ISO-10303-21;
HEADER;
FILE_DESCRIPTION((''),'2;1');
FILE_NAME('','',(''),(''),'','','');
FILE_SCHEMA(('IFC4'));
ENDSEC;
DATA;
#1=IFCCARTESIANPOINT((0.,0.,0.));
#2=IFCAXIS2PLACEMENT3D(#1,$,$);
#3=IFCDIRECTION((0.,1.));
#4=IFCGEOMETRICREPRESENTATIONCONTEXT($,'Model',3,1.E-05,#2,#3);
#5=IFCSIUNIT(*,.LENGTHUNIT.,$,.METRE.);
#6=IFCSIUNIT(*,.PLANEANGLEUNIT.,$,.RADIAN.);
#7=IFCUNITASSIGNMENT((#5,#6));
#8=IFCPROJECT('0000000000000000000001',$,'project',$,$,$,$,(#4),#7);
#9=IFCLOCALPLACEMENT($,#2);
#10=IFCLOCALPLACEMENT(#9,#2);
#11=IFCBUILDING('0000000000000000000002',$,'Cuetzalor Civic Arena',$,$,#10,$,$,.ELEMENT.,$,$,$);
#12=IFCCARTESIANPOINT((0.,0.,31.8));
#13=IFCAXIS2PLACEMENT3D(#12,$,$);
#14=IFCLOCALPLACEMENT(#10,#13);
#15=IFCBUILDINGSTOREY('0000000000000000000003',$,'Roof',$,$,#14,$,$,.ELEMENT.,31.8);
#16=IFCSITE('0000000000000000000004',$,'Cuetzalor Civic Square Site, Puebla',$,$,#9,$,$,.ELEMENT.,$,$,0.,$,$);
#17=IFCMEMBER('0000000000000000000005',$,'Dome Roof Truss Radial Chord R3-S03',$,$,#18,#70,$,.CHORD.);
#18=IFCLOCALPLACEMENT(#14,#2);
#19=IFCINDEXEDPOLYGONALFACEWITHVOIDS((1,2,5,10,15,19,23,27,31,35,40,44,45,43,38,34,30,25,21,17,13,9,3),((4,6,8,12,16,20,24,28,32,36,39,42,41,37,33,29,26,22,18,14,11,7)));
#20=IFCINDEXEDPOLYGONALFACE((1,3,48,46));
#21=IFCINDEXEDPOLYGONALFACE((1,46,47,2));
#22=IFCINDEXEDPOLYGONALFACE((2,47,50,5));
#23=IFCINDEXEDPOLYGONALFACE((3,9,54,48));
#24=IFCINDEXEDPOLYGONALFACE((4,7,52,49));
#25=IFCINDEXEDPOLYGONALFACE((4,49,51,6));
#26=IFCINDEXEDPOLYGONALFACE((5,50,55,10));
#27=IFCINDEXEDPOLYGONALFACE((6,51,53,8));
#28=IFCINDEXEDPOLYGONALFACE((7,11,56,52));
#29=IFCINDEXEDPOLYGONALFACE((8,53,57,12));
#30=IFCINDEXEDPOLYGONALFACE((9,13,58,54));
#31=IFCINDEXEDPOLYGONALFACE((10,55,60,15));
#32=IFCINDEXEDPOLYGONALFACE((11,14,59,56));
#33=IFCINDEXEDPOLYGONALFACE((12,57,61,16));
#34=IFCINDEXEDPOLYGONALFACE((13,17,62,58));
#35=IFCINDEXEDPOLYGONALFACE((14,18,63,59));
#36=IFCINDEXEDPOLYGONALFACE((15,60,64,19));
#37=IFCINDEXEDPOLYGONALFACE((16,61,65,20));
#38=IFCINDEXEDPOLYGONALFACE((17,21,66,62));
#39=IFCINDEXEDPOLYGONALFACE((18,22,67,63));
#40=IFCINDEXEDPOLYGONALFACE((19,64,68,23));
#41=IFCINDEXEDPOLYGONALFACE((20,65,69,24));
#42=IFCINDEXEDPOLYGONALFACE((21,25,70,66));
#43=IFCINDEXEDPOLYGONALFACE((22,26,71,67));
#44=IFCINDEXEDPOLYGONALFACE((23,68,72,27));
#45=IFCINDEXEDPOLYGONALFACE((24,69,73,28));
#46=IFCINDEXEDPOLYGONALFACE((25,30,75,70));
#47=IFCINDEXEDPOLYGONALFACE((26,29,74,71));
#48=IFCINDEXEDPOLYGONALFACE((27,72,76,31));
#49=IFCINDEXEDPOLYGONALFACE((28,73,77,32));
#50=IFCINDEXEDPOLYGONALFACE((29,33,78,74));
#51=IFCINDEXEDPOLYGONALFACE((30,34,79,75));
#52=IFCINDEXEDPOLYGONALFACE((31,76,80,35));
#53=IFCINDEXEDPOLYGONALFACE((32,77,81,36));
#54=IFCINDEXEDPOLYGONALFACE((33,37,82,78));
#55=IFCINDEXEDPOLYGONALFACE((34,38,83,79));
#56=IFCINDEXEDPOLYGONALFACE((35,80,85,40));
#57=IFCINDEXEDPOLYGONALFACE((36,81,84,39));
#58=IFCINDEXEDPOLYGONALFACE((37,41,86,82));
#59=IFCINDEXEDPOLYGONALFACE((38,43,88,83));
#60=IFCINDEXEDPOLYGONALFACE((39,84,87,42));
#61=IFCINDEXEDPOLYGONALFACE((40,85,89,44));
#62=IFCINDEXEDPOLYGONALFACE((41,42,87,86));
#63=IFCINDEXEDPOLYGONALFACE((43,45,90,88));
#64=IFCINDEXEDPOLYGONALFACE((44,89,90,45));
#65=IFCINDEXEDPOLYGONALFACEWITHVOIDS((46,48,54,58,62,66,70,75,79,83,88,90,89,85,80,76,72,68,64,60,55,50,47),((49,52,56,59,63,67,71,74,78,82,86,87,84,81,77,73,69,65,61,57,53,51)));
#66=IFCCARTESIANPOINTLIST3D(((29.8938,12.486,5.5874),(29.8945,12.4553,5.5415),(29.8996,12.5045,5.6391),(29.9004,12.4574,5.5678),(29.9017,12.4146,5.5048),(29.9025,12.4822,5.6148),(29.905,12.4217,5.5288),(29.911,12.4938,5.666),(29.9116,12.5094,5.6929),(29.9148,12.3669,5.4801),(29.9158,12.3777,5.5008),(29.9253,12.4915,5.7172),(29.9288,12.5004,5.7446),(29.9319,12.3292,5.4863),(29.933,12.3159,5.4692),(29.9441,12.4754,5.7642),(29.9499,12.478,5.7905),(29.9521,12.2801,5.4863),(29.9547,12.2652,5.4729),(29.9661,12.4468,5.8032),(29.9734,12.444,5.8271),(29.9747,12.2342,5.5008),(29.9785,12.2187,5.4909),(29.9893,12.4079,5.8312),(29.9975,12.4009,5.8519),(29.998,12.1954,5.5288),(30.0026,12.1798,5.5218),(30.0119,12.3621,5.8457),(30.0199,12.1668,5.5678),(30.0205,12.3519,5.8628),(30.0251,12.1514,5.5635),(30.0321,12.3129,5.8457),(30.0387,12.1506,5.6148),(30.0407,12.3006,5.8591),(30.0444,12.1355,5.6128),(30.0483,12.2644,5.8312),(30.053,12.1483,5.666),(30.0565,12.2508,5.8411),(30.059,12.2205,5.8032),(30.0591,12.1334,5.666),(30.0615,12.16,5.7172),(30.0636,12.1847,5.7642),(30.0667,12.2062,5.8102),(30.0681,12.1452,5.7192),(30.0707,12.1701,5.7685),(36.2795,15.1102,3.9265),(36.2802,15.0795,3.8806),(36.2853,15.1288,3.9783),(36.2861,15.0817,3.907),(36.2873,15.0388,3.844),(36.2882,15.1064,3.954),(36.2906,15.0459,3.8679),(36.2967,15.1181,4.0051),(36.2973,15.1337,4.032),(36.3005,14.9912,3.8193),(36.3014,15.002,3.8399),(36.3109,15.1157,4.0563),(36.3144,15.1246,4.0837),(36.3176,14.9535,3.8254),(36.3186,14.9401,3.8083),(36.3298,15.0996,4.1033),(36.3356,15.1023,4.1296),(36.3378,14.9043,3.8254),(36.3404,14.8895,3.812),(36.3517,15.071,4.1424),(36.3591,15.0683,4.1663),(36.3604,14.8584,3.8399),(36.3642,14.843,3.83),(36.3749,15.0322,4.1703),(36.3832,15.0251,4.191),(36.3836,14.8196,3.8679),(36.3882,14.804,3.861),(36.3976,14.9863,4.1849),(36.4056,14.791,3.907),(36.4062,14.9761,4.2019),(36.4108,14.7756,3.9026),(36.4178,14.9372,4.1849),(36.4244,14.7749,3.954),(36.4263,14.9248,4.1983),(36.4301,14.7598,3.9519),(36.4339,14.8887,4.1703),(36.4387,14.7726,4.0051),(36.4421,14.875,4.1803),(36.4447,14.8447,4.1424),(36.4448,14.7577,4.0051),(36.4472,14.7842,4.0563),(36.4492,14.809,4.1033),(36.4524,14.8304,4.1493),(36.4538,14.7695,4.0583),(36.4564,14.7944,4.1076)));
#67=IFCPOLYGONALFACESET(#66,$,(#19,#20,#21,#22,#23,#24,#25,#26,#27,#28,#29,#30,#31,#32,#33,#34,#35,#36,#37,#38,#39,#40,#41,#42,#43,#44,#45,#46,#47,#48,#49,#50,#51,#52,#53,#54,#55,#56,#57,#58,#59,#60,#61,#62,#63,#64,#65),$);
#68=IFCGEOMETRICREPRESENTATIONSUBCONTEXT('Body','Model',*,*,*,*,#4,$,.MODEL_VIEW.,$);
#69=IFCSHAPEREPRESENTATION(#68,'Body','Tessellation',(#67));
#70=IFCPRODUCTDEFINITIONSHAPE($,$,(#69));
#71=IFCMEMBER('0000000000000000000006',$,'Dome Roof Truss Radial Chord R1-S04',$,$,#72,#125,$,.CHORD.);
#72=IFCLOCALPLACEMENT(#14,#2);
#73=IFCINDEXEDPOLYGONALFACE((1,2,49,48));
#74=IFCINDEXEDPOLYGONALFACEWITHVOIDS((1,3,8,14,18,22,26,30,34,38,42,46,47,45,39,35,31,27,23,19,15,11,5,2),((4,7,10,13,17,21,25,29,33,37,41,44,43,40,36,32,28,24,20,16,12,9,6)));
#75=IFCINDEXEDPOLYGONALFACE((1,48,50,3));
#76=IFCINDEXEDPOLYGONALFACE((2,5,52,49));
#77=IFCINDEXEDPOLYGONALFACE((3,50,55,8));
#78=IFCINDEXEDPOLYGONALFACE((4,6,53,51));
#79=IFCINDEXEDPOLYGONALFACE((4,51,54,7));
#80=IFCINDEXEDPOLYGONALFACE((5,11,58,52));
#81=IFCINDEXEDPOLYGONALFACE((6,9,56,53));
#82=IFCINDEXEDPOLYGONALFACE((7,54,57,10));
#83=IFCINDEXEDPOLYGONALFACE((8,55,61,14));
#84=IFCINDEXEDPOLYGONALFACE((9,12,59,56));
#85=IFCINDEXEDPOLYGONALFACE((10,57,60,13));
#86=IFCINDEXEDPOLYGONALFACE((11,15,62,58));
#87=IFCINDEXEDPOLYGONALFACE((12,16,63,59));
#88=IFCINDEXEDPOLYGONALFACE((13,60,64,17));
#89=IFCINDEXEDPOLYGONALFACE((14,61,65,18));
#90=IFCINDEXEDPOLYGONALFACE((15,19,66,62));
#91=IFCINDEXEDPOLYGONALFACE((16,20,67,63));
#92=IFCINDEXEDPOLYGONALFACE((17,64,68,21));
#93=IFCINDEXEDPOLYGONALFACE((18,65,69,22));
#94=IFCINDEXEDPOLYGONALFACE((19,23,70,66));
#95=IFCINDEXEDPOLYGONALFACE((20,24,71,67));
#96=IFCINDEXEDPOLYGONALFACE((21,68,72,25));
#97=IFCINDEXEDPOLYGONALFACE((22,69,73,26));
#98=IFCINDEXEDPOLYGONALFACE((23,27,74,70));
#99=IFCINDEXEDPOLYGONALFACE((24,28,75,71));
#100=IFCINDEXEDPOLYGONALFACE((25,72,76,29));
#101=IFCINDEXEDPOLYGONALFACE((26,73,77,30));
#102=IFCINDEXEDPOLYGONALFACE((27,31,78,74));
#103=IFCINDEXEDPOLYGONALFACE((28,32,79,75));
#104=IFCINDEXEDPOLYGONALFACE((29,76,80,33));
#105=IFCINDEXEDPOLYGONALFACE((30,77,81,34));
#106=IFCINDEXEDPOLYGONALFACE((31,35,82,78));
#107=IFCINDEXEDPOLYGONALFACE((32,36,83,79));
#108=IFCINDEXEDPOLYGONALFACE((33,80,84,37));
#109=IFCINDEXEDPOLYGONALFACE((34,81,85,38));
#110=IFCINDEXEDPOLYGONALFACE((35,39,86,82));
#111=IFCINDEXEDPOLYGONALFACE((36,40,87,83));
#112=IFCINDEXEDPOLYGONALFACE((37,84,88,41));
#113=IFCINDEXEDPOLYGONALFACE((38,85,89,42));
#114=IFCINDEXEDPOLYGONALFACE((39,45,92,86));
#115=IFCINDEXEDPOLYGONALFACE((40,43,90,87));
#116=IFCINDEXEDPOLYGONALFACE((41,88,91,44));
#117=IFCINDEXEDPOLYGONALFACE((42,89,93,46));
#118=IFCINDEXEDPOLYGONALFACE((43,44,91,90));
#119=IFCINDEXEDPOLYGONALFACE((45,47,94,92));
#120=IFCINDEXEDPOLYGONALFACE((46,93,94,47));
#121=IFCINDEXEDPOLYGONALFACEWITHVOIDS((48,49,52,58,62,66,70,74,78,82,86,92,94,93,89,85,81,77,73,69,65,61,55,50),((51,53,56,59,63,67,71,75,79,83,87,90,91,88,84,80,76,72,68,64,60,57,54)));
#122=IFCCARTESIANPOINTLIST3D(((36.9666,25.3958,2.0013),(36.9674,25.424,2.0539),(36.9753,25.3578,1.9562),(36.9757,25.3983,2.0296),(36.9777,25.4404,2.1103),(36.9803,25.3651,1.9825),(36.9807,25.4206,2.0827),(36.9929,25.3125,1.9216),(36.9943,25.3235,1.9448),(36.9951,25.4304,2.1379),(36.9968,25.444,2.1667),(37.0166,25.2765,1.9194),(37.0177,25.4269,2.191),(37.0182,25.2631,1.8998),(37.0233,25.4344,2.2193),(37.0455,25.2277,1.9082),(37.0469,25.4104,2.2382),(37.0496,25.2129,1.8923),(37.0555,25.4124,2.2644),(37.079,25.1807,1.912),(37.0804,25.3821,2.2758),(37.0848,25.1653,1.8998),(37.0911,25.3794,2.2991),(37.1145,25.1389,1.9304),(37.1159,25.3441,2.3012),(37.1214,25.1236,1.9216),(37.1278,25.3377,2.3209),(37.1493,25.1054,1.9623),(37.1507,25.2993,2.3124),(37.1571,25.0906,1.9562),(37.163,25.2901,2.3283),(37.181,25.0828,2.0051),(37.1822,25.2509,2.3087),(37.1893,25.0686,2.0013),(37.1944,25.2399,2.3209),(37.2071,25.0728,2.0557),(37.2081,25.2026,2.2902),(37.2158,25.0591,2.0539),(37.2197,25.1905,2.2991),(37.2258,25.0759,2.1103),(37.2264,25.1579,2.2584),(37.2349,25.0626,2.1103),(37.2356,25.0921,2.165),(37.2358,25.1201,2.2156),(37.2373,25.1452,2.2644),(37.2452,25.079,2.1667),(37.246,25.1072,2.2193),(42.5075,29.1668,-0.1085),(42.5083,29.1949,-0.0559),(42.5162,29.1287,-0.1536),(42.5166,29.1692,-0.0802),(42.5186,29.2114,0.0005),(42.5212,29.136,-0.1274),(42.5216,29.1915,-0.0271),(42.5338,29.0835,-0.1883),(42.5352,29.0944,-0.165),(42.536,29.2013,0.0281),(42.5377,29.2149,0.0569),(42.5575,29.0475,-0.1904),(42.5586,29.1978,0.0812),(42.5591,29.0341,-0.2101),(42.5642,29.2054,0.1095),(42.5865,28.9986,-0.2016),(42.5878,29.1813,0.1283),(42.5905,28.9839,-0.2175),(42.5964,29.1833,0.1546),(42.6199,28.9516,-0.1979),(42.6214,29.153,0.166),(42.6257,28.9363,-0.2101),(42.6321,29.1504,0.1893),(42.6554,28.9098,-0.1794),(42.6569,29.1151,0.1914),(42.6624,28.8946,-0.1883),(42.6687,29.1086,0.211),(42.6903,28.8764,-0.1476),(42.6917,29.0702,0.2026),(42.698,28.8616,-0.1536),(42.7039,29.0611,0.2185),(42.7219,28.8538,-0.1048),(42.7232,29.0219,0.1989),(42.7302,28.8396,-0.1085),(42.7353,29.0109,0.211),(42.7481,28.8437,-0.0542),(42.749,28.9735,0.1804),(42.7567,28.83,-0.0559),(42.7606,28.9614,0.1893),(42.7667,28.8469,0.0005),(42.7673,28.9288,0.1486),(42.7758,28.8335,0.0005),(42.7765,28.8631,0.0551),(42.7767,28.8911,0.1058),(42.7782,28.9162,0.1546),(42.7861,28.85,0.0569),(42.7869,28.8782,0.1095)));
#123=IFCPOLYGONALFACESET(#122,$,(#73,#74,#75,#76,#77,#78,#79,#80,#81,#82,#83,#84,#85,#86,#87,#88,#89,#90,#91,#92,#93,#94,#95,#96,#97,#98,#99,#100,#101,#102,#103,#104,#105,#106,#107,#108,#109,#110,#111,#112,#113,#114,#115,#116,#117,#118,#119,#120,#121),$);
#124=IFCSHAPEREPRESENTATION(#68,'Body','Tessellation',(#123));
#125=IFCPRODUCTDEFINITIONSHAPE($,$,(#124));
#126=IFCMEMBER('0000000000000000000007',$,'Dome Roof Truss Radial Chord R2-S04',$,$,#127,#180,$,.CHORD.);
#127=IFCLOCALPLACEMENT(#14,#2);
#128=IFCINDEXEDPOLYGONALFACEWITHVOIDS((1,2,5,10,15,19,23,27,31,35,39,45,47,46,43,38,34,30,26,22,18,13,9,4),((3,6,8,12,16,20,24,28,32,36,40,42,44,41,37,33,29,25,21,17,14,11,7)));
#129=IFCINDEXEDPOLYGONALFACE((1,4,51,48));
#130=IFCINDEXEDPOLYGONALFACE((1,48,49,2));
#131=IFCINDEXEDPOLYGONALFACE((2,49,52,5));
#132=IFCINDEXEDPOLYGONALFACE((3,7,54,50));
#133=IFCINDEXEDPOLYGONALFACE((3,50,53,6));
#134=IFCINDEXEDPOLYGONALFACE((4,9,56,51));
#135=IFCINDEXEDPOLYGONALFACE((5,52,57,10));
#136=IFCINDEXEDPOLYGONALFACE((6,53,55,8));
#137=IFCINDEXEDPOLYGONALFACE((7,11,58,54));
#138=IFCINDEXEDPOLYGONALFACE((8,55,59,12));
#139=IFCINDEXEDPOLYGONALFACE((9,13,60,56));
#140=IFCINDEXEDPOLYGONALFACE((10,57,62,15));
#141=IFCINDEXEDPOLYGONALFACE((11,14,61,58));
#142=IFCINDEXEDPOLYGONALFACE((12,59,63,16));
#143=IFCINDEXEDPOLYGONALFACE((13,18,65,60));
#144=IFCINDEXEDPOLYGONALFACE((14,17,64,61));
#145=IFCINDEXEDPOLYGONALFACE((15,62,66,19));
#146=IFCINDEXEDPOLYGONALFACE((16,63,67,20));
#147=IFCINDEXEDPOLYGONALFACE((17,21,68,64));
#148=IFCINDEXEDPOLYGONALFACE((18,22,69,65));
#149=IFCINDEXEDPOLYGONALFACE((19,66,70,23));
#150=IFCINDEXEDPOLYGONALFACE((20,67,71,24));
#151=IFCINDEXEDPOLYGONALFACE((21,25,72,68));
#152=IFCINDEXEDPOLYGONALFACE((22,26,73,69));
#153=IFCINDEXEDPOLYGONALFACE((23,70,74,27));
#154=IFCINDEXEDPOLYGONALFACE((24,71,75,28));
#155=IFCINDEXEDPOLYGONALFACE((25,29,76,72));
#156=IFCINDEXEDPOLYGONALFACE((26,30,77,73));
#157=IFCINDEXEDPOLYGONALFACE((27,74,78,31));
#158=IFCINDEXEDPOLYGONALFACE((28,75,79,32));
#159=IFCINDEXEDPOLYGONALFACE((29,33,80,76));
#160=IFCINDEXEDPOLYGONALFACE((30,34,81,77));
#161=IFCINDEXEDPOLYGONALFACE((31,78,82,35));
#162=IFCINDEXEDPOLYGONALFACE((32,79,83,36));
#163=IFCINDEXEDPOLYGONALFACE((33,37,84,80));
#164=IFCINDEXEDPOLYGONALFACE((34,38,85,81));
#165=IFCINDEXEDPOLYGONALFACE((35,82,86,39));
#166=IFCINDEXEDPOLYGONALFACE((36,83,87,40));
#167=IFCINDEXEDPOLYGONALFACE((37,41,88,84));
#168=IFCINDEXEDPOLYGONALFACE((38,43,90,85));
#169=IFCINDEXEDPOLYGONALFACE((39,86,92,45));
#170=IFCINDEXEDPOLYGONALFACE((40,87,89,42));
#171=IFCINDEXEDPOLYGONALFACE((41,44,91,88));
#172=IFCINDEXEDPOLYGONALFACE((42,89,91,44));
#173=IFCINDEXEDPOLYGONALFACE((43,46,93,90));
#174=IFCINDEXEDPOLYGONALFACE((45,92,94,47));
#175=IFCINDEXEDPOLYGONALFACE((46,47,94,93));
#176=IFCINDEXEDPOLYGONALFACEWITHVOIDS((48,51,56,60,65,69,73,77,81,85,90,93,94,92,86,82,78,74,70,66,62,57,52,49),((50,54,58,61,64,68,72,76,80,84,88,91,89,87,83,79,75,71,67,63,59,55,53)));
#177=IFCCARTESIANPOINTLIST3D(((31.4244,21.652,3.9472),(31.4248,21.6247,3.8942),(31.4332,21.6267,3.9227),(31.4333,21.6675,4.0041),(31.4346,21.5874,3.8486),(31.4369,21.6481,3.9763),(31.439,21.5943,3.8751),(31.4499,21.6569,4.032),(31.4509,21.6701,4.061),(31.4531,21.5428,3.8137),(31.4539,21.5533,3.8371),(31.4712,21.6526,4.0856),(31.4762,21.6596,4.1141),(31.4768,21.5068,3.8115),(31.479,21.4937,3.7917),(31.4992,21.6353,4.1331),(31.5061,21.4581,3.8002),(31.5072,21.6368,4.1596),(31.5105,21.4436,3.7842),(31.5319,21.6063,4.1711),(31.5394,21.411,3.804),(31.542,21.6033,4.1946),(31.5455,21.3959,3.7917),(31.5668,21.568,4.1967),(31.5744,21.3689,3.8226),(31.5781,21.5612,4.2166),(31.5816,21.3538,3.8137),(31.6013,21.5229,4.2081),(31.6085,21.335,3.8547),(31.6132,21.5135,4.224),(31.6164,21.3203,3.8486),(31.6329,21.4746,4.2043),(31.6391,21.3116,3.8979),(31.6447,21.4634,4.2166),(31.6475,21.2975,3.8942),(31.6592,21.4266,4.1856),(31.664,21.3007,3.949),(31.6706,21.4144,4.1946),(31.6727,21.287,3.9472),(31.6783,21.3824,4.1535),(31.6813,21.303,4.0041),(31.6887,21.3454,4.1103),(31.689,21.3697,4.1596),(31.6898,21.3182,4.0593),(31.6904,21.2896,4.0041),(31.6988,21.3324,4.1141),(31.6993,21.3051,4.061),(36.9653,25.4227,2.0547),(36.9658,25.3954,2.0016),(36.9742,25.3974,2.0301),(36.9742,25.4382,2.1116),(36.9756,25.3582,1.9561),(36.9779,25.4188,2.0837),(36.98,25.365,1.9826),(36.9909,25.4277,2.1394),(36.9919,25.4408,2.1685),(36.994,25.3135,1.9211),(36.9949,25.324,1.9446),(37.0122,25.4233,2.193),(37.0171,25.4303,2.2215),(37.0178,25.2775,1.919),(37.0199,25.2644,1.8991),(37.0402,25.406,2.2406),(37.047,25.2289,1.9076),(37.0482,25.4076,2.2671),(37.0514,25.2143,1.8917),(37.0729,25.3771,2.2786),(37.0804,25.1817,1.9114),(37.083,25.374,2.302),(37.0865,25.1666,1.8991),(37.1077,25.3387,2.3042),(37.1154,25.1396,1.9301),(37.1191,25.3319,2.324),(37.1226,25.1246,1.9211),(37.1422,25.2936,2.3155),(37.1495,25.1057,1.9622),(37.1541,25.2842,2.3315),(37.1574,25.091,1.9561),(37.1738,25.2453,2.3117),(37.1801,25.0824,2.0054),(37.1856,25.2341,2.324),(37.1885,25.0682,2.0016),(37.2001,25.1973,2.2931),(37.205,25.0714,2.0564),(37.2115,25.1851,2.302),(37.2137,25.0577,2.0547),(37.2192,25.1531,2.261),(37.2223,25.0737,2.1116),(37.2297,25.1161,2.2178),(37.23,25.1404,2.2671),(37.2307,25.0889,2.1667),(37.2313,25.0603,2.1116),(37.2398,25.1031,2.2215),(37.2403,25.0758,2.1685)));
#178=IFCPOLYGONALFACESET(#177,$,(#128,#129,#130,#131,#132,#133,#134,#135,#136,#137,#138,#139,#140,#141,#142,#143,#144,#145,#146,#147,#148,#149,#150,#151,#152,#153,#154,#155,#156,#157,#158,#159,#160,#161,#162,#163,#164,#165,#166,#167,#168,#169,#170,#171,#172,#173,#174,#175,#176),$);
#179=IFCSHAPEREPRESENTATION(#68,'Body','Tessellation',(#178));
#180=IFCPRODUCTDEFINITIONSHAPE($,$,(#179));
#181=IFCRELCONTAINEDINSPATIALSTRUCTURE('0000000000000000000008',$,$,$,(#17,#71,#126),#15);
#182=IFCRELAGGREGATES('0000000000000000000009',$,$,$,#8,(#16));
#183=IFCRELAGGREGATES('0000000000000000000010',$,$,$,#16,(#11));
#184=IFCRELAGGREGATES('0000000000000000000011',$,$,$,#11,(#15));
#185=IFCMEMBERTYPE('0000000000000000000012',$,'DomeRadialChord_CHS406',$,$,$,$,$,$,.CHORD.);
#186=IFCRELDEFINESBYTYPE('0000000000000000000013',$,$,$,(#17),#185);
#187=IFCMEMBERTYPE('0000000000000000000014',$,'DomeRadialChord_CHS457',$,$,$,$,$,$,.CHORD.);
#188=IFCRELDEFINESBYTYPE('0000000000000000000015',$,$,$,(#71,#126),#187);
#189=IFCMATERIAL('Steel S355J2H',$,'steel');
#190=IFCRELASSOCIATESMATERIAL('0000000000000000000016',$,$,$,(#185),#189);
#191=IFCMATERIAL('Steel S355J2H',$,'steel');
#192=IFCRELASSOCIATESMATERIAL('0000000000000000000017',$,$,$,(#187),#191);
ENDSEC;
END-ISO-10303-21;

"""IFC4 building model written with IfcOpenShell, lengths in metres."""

from ifc_helpers import new_model, si_unit, direction, frame, origin, origin_2d, place, context, subcontext, project, spatial, hollow_circle, extrude, material, material_profile, profile_set, type_object, element, save


model = new_model("IFC4")

# Units and contexts
model_context = context("Model", 3, precision=1e-05, world=origin(), true_north=direction((0.0, 1.0)))
body_context = subcontext(model_context, "Body", "Model", "MODEL_VIEW")
ifc_project = project(units=[si_unit("LENGTHUNIT", "METRE"), si_unit("PLANEANGLEUNIT", "RADIAN")], contexts=[model_context])

# Site, building, storey
site_placement = place(None, origin())
site = spatial("IfcSite", under=ifc_project, at=site_placement, Name="Cuetzalor Civic Square Site, Puebla", CompositionType="ELEMENT", RefElevation=0.0)
building_placement = place(site_placement, origin())
building = spatial("IfcBuilding", under=site, at=building_placement, Name="Cuetzalor Civic Arena", CompositionType="ELEMENT")
storey_placement = place(building_placement, frame((0.0, 0.0, 31.8)))
storey = spatial("IfcBuildingStorey", under=building, at=storey_placement, Name="Roof", CompositionType="ELEMENT", Elevation=31.8)

# Members
ifc_material_1 = material(Name="Steel S355J2H", Category="steel")
ifc_material_profile_1 = material_profile(ifc_material_1, hollow_circle(Radius=0.2029, WallThickness=0.0161, at=origin_2d()), Name="CHS 406x16")
ifc_profile_set_1 = profile_set([ifc_material_profile_1], Name="Steel S355J2H")
member_type_1 = type_object("IfcMemberType", Name="DomeRadialChord_CHS406", PredefinedType="CHORD", material=ifc_profile_set_1)
member_1_placement = place(storey_placement, frame((36.3677, 14.9453, 4.0051), z_axis=(-0.899284, -0.369567, 0.233898), x_axis=(0.380111, -0.924941, 0.0)))
element("IfcMember", 1, at=member_1_placement, inside=storey, type_object=member_type_1, Name="Dome Roof Truss Radial Chord R3-S03", PredefinedType="CHORD", context=body_context, shape_type="SweptSolid", body=[
    extrude(hollow_circle(Radius=0.2029, WallThickness=0.0161, at=origin_2d()), origin(), (0.0, 0.0, 1.0), 7.1008),
])
ifc_material_2 = material(Name="Steel S355J2H", Category="steel")
ifc_material_profile_2 = material_profile(ifc_material_2, hollow_circle(Radius=0.2285, WallThickness=0.0161, at=origin_2d()), Name="CHS 457x16")
ifc_profile_set_2 = profile_set([ifc_material_profile_2], Name="Steel S355J2H")
member_type_2 = type_object("IfcMemberType", Name="DomeRadialChord_CHS457", PredefinedType="CHORD", material=ifc_profile_set_2)
member_2_placement = place(storey_placement, frame((42.6472, 29.0225, 0.0005), z_axis=(-0.788564, -0.536665, 0.300263), x_axis=(0.562627, -0.826711, 0.0)))
element("IfcMember", 2, at=member_2_placement, inside=storey, type_object=member_type_2, Name="Dome Roof Truss Radial Chord R1-S04", PredefinedType="CHORD", context=body_context, shape_type="SweptSolid", body=[
    extrude(hollow_circle(Radius=0.2285, WallThickness=0.0161, at=origin_2d()), origin(), (0.0, 0.0, 1.0), 7.0266),
])
member_3_placement = place(storey_placement, frame((37.1028, 25.2493, 2.1116), z_axis=(-0.795617, -0.54143, 0.271749), x_axis=(0.562602, -0.826728, 0.0)))
element("IfcMember", 3, at=member_3_placement, inside=storey, type_object=member_type_2, Name="Dome Roof Truss Radial Chord R2-S04", PredefinedType="CHORD", context=body_context, shape_type="SweptSolid", body=[
    extrude(hollow_circle(Radius=0.2285, WallThickness=0.0161, at=origin_2d()), origin(), (0.0, 0.0, 1.0), 6.9644),
])

save(model, "model.ifc")
